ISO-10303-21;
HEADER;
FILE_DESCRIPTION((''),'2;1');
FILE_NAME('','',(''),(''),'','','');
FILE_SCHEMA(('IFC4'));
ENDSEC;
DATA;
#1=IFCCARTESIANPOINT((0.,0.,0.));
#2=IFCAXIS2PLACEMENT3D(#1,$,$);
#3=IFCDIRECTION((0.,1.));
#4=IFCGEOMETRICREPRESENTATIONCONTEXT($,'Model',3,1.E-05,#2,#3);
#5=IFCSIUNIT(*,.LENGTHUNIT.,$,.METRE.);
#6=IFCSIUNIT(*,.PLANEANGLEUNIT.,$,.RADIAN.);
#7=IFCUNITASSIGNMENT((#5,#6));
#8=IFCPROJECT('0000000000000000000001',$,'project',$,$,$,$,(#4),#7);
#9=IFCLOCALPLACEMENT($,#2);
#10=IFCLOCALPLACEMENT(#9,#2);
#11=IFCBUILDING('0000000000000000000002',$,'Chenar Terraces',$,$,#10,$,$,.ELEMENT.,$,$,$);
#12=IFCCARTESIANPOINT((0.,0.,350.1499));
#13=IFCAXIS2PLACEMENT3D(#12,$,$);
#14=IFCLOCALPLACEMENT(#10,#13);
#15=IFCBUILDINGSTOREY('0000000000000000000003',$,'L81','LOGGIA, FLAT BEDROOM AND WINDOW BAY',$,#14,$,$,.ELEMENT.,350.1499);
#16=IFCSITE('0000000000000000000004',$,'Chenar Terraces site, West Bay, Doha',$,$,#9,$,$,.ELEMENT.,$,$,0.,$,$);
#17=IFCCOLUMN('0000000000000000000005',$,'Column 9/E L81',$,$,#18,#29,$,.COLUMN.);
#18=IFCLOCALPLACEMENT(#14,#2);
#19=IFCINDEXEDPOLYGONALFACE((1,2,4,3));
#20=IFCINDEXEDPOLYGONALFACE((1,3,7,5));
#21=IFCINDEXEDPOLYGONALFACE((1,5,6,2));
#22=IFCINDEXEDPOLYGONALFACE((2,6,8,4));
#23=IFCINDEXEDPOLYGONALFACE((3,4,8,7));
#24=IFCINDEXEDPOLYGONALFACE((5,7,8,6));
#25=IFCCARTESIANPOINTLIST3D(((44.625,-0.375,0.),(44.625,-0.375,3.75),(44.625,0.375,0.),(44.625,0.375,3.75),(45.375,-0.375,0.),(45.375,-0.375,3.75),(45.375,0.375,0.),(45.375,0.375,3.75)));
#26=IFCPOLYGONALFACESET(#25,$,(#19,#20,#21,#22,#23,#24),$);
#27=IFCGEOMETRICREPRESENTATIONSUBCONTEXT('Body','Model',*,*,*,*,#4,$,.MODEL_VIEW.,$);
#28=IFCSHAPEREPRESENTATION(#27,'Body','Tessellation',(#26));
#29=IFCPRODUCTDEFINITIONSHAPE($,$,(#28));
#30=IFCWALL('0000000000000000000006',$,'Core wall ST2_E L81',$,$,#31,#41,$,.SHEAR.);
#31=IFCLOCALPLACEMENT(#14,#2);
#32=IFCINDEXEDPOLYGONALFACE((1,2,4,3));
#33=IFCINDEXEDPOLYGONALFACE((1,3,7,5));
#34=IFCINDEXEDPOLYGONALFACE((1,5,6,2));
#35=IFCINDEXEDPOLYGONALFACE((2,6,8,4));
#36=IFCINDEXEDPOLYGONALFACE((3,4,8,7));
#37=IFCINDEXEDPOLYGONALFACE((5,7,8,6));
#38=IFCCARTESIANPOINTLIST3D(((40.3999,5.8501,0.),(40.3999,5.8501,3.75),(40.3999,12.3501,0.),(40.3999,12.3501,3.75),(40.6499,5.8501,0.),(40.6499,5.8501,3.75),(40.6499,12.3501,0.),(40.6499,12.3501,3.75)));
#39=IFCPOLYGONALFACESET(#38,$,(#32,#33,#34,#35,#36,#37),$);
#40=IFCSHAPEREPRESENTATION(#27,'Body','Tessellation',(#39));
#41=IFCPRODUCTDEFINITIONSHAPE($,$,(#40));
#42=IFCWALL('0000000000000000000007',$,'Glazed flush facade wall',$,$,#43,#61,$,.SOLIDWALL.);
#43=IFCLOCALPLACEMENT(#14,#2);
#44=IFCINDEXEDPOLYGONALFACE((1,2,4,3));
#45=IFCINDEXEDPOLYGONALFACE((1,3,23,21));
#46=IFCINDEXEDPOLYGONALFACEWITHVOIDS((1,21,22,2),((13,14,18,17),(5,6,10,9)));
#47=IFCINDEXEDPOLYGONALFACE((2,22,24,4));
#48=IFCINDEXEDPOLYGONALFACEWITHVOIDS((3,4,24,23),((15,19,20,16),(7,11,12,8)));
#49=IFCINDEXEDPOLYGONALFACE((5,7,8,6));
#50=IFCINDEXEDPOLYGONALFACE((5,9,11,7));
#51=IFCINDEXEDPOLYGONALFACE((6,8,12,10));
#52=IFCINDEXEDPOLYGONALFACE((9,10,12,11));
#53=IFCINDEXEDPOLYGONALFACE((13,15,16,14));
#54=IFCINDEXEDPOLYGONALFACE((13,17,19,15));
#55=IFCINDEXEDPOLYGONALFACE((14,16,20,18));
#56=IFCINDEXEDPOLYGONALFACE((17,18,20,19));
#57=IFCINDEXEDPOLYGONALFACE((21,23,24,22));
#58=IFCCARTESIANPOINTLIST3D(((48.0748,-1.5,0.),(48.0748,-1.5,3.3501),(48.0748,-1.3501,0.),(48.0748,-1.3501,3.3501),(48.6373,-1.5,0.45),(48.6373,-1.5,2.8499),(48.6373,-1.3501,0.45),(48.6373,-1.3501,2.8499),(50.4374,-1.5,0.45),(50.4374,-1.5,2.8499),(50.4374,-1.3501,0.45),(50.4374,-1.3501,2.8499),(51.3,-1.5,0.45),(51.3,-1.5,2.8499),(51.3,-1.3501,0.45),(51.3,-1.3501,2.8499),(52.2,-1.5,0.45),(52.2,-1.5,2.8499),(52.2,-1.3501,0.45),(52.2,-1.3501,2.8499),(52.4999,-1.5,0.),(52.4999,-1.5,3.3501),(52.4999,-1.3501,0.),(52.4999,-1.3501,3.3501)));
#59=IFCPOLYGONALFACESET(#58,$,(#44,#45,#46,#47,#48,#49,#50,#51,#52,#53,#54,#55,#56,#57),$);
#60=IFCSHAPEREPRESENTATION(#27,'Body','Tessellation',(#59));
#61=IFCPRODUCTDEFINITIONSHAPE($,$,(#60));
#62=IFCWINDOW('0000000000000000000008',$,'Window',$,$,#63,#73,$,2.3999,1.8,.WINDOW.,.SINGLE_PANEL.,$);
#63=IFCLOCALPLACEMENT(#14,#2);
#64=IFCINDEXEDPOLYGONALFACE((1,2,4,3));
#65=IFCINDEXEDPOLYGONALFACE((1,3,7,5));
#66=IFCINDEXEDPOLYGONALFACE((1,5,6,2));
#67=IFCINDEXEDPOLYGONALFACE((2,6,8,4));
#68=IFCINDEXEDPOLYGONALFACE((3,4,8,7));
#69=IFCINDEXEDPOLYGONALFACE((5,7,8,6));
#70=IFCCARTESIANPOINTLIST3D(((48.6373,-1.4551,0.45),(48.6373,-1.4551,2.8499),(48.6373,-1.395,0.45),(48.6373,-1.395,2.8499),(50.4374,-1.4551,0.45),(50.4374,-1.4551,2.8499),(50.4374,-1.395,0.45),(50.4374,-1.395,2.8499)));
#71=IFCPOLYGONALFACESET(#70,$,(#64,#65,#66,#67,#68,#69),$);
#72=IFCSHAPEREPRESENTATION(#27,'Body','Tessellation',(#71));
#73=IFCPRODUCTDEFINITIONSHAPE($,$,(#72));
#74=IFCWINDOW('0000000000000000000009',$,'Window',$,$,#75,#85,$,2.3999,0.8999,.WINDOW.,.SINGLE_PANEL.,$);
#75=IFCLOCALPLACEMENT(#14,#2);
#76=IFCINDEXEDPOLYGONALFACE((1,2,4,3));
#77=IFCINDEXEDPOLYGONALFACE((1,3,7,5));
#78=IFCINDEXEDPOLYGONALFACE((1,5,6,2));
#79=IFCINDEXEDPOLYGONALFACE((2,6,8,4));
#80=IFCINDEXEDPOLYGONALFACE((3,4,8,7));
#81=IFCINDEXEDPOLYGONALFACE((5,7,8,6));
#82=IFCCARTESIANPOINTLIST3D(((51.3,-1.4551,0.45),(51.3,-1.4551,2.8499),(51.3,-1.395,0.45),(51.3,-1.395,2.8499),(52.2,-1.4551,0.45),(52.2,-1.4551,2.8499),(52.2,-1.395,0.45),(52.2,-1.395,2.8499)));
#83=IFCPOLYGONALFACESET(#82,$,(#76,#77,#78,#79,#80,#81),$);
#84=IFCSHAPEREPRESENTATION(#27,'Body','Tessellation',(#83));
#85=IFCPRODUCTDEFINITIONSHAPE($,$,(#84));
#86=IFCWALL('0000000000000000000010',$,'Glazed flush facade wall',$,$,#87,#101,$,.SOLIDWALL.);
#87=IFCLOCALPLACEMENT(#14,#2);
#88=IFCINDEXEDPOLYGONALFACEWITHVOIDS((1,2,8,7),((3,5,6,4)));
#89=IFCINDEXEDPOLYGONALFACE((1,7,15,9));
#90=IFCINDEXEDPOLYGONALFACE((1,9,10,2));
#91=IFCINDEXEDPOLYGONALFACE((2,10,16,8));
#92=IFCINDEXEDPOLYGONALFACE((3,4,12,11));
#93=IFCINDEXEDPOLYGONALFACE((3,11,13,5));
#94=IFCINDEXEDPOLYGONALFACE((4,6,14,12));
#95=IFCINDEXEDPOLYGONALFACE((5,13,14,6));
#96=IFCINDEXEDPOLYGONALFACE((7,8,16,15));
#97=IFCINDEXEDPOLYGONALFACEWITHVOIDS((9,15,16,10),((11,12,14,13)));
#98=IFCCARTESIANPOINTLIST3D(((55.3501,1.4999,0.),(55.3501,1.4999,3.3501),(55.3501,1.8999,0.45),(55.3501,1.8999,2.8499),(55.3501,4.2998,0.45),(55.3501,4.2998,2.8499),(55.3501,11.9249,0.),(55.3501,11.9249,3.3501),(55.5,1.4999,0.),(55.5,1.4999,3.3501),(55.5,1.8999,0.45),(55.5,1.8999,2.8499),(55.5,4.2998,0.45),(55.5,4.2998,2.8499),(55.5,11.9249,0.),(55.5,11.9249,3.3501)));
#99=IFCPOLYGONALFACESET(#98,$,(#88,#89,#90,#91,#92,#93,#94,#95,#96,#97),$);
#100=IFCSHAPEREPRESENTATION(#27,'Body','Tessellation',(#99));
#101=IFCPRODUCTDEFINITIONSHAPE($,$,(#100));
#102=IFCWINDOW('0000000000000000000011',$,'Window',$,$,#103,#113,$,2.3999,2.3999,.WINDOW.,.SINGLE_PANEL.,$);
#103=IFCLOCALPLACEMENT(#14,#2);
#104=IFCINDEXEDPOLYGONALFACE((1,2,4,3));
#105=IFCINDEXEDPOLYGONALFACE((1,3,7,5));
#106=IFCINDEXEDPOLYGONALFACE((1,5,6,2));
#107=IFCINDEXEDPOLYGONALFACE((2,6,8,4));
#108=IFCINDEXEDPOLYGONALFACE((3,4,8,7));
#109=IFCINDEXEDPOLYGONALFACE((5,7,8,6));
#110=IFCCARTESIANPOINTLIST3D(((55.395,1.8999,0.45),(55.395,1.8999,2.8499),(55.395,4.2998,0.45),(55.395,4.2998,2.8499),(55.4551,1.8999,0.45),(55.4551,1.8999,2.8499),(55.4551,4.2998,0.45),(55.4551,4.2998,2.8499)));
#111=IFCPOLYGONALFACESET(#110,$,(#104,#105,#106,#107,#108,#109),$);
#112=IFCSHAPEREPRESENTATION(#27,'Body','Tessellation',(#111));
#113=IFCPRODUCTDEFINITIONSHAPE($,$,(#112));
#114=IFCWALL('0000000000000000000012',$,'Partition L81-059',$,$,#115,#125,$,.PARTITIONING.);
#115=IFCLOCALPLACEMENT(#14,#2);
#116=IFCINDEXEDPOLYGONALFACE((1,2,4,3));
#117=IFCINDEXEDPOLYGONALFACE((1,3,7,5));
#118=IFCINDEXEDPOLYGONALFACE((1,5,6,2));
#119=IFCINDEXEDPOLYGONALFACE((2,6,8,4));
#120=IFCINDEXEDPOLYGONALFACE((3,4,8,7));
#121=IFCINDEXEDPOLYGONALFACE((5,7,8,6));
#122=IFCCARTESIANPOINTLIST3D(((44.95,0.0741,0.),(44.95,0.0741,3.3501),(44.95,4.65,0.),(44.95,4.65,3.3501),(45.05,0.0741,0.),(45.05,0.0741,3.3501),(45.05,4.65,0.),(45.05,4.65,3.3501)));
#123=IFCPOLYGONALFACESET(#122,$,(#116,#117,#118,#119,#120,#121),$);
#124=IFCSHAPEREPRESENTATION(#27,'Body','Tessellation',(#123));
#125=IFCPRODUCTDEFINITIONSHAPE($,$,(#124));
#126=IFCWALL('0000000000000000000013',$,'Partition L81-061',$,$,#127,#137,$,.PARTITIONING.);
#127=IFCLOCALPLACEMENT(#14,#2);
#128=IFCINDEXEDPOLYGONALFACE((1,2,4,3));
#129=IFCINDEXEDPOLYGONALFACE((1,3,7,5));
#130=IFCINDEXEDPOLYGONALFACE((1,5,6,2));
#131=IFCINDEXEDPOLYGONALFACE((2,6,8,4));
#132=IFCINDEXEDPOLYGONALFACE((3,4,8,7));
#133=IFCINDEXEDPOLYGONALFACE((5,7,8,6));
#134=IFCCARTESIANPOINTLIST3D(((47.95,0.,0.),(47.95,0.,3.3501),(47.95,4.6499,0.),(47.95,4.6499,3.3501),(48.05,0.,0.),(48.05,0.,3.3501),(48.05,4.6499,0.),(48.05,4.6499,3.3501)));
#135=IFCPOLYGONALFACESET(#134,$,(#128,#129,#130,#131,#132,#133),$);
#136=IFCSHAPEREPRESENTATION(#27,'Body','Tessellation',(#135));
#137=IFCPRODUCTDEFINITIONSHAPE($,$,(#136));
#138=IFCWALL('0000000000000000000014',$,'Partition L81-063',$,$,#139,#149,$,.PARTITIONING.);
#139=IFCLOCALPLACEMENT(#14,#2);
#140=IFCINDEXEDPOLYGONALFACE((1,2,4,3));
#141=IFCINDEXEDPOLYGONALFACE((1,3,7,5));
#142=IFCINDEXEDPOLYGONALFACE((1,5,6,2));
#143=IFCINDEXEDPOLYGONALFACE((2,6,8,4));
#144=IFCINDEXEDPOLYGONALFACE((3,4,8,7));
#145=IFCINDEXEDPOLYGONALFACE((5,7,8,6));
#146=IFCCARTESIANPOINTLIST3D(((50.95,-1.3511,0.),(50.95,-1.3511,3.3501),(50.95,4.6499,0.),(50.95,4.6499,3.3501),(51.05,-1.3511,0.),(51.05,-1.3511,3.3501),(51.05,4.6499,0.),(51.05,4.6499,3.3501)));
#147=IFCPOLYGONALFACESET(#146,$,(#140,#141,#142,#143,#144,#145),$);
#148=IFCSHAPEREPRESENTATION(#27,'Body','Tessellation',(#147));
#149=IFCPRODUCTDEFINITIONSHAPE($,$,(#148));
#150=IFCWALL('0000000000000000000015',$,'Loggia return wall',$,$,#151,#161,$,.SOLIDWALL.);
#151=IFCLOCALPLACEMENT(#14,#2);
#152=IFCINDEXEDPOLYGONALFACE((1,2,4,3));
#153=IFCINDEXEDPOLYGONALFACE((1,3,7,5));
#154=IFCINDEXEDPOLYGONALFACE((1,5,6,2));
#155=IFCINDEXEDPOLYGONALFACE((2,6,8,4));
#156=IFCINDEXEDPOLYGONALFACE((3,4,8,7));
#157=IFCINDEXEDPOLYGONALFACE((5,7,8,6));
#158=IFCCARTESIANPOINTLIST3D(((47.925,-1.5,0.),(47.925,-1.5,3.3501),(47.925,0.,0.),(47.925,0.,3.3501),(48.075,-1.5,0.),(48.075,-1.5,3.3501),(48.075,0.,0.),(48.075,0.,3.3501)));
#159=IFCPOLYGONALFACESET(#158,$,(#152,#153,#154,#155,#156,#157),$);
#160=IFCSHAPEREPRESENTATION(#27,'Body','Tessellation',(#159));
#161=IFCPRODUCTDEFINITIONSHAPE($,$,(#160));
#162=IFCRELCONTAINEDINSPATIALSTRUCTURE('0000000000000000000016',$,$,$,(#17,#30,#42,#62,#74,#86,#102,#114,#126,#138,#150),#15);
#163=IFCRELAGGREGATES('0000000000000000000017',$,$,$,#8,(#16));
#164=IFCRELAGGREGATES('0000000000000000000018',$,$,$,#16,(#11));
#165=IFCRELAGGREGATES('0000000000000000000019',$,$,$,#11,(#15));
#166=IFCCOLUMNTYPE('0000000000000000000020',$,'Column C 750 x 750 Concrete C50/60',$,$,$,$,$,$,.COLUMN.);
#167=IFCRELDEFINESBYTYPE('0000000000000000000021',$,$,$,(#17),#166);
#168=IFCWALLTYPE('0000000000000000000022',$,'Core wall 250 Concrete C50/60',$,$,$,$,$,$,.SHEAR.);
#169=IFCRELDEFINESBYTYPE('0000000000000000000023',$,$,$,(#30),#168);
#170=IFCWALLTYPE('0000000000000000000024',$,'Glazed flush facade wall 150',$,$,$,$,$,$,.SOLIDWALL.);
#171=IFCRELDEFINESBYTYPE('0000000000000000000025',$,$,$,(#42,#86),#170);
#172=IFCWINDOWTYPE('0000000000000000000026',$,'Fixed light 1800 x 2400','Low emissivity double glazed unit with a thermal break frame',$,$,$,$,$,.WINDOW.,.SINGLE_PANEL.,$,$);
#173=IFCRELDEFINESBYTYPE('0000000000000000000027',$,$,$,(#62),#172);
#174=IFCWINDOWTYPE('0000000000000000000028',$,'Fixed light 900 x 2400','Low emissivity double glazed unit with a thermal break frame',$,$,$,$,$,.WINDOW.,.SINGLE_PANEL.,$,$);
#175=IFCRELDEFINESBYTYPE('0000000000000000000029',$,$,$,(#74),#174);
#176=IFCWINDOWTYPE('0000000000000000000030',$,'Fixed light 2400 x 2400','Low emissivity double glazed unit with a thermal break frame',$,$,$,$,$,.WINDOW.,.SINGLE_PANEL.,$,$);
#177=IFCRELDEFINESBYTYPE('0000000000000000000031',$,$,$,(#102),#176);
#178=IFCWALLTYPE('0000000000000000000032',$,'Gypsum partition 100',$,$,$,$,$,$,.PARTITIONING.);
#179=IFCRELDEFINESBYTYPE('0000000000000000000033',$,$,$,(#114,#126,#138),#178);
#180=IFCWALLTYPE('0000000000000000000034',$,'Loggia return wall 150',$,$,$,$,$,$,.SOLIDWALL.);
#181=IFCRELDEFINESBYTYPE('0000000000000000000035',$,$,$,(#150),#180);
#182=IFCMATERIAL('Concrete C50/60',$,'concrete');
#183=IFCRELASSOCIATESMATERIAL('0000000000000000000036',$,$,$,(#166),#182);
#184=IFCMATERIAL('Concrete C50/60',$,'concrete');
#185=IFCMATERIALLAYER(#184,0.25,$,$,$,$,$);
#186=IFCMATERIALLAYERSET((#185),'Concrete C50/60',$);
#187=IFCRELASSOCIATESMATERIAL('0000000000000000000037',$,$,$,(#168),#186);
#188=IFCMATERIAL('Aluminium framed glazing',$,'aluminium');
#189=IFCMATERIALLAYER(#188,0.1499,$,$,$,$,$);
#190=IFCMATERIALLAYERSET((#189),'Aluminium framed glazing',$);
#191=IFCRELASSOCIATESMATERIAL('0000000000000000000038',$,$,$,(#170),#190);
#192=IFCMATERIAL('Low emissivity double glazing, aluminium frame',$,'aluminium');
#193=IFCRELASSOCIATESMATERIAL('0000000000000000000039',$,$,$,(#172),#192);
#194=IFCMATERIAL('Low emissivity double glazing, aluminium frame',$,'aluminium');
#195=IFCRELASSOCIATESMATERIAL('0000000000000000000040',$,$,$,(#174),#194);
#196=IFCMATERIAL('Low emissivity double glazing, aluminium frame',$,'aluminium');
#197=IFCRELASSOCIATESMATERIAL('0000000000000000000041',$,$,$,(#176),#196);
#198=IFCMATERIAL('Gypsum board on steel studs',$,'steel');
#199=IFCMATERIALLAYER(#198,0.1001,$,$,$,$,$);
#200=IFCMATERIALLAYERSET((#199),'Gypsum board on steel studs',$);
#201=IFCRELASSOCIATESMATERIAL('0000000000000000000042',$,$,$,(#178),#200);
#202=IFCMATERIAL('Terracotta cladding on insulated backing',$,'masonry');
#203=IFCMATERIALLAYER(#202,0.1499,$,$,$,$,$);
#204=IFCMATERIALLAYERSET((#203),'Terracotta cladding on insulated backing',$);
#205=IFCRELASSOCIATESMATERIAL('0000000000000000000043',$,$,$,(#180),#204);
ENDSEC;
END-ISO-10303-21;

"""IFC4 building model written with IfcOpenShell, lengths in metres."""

from ifc_helpers import new_model, si_unit, direction, frame, frame_2d, origin, origin_2d, place, context, subcontext, project, spatial, rectangle, extrude, material, layer, layer_set, material_profile, profile_set, type_object, element, fill, save


model = new_model("IFC4")

# Units and contexts
model_context = context("Model", 3, precision=1e-05, world=origin(), true_north=direction((0.0, 1.0)))
body_context = subcontext(model_context, "Body", "Model", "MODEL_VIEW")
ifc_project = project(units=[si_unit("LENGTHUNIT", "METRE"), si_unit("PLANEANGLEUNIT", "RADIAN")], contexts=[model_context])

# Site, building, storey
site_placement = place(None, origin())
site = spatial("IfcSite", under=ifc_project, at=site_placement, Name="Chenar Terraces site, West Bay, Doha", CompositionType="ELEMENT", RefElevation=0.0)
building_placement = place(site_placement, origin())
building = spatial("IfcBuilding", under=site, at=building_placement, Name="Chenar Terraces", CompositionType="ELEMENT")
storey_placement = place(building_placement, frame((0.0, 0.0, 350.1499)))
storey = spatial("IfcBuildingStorey", under=building, at=storey_placement, Name="L81", Description="LOGGIA, FLAT BEDROOM AND WINDOW BAY", CompositionType="ELEMENT", Elevation=350.1499)

# Column
ifc_material_1 = material(Name="Concrete C50/60", Category="concrete")
ifc_material_profile = material_profile(ifc_material_1, rectangle(XDim=0.75, YDim=0.75, at=origin_2d()), Name="C 750 x 750")
ifc_profile_set = profile_set([ifc_material_profile], Name="Concrete C50/60")
column_type = type_object("IfcColumnType", Name="Column C 750 x 750 Concrete C50/60", PredefinedType="COLUMN", material=ifc_profile_set)
column_placement = place(storey_placement, frame((45.0, 0.0, 0.0), z_axis=(0.0, 0.0, 1.0), x_axis=(1.0, 0.0, 0.0)))
element("IfcColumn", 1, at=column_placement, inside=storey, type_object=column_type, Name="Column 9/E L81", PredefinedType="COLUMN", context=body_context, shape_type="SweptSolid", body=[
    extrude(rectangle(XDim=0.75, YDim=0.75, at=origin_2d()), origin(), (0.0, 0.0, 1.0), 3.75),
])

# Wall
ifc_material_2 = material(Name="Concrete C50/60", Category="concrete")
ifc_layer_1 = layer(ifc_material_2, 0.25)
ifc_layer_set_1 = layer_set([ifc_layer_1], Name="Concrete C50/60")
wall_type_1 = type_object("IfcWallType", Name="Core wall 250 Concrete C50/60", PredefinedType="SHEAR", material=ifc_layer_set_1)
wall_1_placement = place(storey_placement, frame((40.5249, 5.8501, 0.0), z_axis=(0.0, 0.0, 1.0), x_axis=(0.0, 1.0, 0.0)))
element("IfcWall", 2, at=wall_1_placement, inside=storey, type_object=wall_type_1, Name="Core wall ST2_E L81", PredefinedType="SHEAR", context=body_context, shape_type="SweptSolid", body=[
    extrude(rectangle(XDim=6.5, YDim=0.25, at=frame_2d((3.25, 0.0))), origin(), (0.0, 0.0, 1.0), 3.75),
])

# Wall, openings, windows
ifc_material_3 = material(Name="Aluminium framed glazing", Category="aluminium")
ifc_layer_2 = layer(ifc_material_3, 0.1499)
ifc_layer_set_2 = layer_set([ifc_layer_2], Name="Aluminium framed glazing")
wall_type_2 = type_object("IfcWallType", Name="Glazed flush facade wall 150", PredefinedType="SOLIDWALL", material=ifc_layer_set_2)
wall_2_placement = place(storey_placement, frame((48.075, -1.425, 0.0), z_axis=(0.0, 0.0, 1.0), x_axis=(1.0, 0.0, 0.0)))
wall_2 = element("IfcWall", 3, at=wall_2_placement, inside=storey, type_object=wall_type_2, Name="Glazed flush facade wall", PredefinedType="SOLIDWALL", context=body_context, shape_type="SweptSolid", body=[
    extrude(rectangle(XDim=4.425, YDim=0.1499, at=frame_2d((2.2124, 0.0))), origin(), (0.0, 0.0, 1.0), 3.3501),
])
opening_1_placement = place(wall_2_placement, frame((0.5625, 0.0, 0.45)))
opening_1 = element("IfcOpeningElement", 4, at=opening_1_placement, cuts=wall_2, PredefinedType="OPENING", context=body_context, shape_type="SweptSolid", body=[
    extrude(rectangle(XDim=1.8, YDim=2.3999, at=frame_2d((0.8999, 1.2))), frame((0.0, 0.085, 0.0), z_axis=(0.0, -1.0, 0.0), x_axis=(1.0, 0.0, 0.0)), (0.0, 0.0, 1.0), 0.1699),
])
opening_2_placement = place(wall_2_placement, frame((3.2251, 0.0, 0.45)))
opening_2 = element("IfcOpeningElement", 5, at=opening_2_placement, cuts=wall_2, PredefinedType="OPENING", context=body_context, shape_type="SweptSolid", body=[
    extrude(rectangle(XDim=0.8999, YDim=2.3999, at=frame_2d((0.45, 1.2))), frame((0.0, 0.085, 0.0), z_axis=(0.0, -1.0, 0.0), x_axis=(1.0, 0.0, 0.0)), (0.0, 0.0, 1.0), 0.1699),
])
ifc_material_4 = material(Name="Low emissivity double glazing, aluminium frame", Category="aluminium")
window_type_1 = type_object("IfcWindowType", Name="Fixed light 1800 x 2400", Description="Low emissivity double glazed unit with a thermal break frame", PartitioningType="SINGLE_PANEL", PredefinedType="WINDOW", material=ifc_material_4)
window_1_placement = place(opening_1_placement, origin())
window_1 = element("IfcWindow", 6, at=window_1_placement, inside=storey, type_object=window_type_1, Name="Window", OverallHeight=2.3999, OverallWidth=1.8, PartitioningType="SINGLE_PANEL", PredefinedType="WINDOW", context=body_context, shape_type="SweptSolid", body=[
    extrude(rectangle(XDim=1.8, YDim=2.3999, at=frame_2d((0.8999, 1.2))), frame((0.0, 0.03, 0.0), z_axis=(0.0, -1.0, 0.0), x_axis=(1.0, 0.0, 0.0)), (0.0, 0.0, 1.0), 0.0601),
])
fill(opening_1, window_1)
ifc_material_5 = material(Name="Low emissivity double glazing, aluminium frame", Category="aluminium")
window_type_2 = type_object("IfcWindowType", Name="Fixed light 900 x 2400", Description="Low emissivity double glazed unit with a thermal break frame", PartitioningType="SINGLE_PANEL", PredefinedType="WINDOW", material=ifc_material_5)
window_2_placement = place(opening_2_placement, origin())
window_2 = element("IfcWindow", 7, at=window_2_placement, inside=storey, type_object=window_type_2, Name="Window", OverallHeight=2.3999, OverallWidth=0.8999, PartitioningType="SINGLE_PANEL", PredefinedType="WINDOW", context=body_context, shape_type="SweptSolid", body=[
    extrude(rectangle(XDim=0.8999, YDim=2.3999, at=frame_2d((0.45, 1.2))), frame((0.0, 0.03, 0.0), z_axis=(0.0, -1.0, 0.0), x_axis=(1.0, 0.0, 0.0)), (0.0, 0.0, 1.0), 0.0601),
])
fill(opening_2, window_2)

# Wall, opening, window
wall_3_placement = place(storey_placement, frame((55.425, 1.5, 0.0), z_axis=(0.0, 0.0, 1.0), x_axis=(0.0, 1.0, 0.0)))
wall_3 = element("IfcWall", 8, at=wall_3_placement, inside=storey, type_object=wall_type_2, Name="Glazed flush facade wall", PredefinedType="SOLIDWALL", context=body_context, shape_type="SweptSolid", body=[
    extrude(rectangle(XDim=10.425, YDim=0.1499, at=frame_2d((5.2124, 0.0))), origin(), (0.0, 0.0, 1.0), 3.3501),
])
opening_3_placement = place(wall_3_placement, frame((0.3999, 0.0, 0.45)))
opening_3 = element("IfcOpeningElement", 9, at=opening_3_placement, cuts=wall_3, PredefinedType="OPENING", context=body_context, shape_type="SweptSolid", body=[
    extrude(rectangle(XDim=2.3999, YDim=2.3999, at=frame_2d((1.2, 1.2))), frame((0.0, 0.085, 0.0), z_axis=(0.0, -1.0, 0.0), x_axis=(1.0, 0.0, 0.0)), (0.0, 0.0, 1.0), 0.1699),
])
ifc_material_6 = material(Name="Low emissivity double glazing, aluminium frame", Category="aluminium")
window_type_3 = type_object("IfcWindowType", Name="Fixed light 2400 x 2400", Description="Low emissivity double glazed unit with a thermal break frame", PartitioningType="SINGLE_PANEL", PredefinedType="WINDOW", material=ifc_material_6)
window_3_placement = place(opening_3_placement, origin())
window_3 = element("IfcWindow", 10, at=window_3_placement, inside=storey, type_object=window_type_3, Name="Window", OverallHeight=2.3999, OverallWidth=2.3999, PartitioningType="SINGLE_PANEL", PredefinedType="WINDOW", context=body_context, shape_type="SweptSolid", body=[
    extrude(rectangle(XDim=2.3999, YDim=2.3999, at=frame_2d((1.2, 1.2))), frame((0.0, 0.03, 0.0), z_axis=(0.0, -1.0, 0.0), x_axis=(1.0, 0.0, 0.0)), (0.0, 0.0, 1.0), 0.0601),
])
fill(opening_3, window_3)

# Walls
ifc_material_7 = material(Name="Gypsum board on steel studs", Category="steel")
ifc_layer_3 = layer(ifc_material_7, 0.1001)
ifc_layer_set_3 = layer_set([ifc_layer_3], Name="Gypsum board on steel studs")
wall_type_3 = type_object("IfcWallType", Name="Gypsum partition 100", PredefinedType="PARTITIONING", material=ifc_layer_set_3)
wall_4_placement = place(storey_placement, frame((45.0, 0.074, 0.0), z_axis=(0.0, 0.0, 1.0), x_axis=(0.0, 1.0, 0.0)))
element("IfcWall", 11, at=wall_4_placement, inside=storey, type_object=wall_type_3, Name="Partition L81-059", PredefinedType="PARTITIONING", context=body_context, shape_type="SweptSolid", body=[
    extrude(rectangle(XDim=4.5759, YDim=0.1001, at=frame_2d((2.2881, 0.0))), origin(), (0.0, 0.0, 1.0), 3.3501),
])
wall_5_placement = place(storey_placement, frame((48.0, 0.0, 0.0), z_axis=(0.0, 0.0, 1.0), x_axis=(0.0, 1.0, 0.0)))
element("IfcWall", 12, at=wall_5_placement, inside=storey, type_object=wall_type_3, Name="Partition L81-061", PredefinedType="PARTITIONING", context=body_context, shape_type="SweptSolid", body=[
    extrude(rectangle(XDim=4.6499, YDim=0.1001, at=frame_2d((2.325, 0.0))), origin(), (0.0, 0.0, 1.0), 3.3501),
])
wall_6_placement = place(storey_placement, frame((51.0, -1.3511, 0.0), z_axis=(0.0, 0.0, 1.0), x_axis=(0.0, 1.0, 0.0)))
element("IfcWall", 13, at=wall_6_placement, inside=storey, type_object=wall_type_3, Name="Partition L81-063", PredefinedType="PARTITIONING", context=body_context, shape_type="SweptSolid", body=[
    extrude(rectangle(XDim=6.001, YDim=0.1001, at=frame_2d((3.0005, 0.0))), origin(), (0.0, 0.0, 1.0), 3.3501),
])
ifc_material_8 = material(Name="Terracotta cladding on insulated backing", Category="masonry")
ifc_layer_4 = layer(ifc_material_8, 0.1499)
ifc_layer_set_4 = layer_set([ifc_layer_4], Name="Terracotta cladding on insulated backing")
wall_type_4 = type_object("IfcWallType", Name="Loggia return wall 150", PredefinedType="SOLIDWALL", material=ifc_layer_set_4)
wall_7_placement = place(storey_placement, frame((48.0, -1.5, 0.0), z_axis=(0.0, 0.0, 1.0), x_axis=(0.0, 1.0, 0.0)))
element("IfcWall", 14, at=wall_7_placement, inside=storey, type_object=wall_type_4, Name="Loggia return wall", PredefinedType="SOLIDWALL", context=body_context, shape_type="SweptSolid", body=[
    extrude(rectangle(XDim=1.5, YDim=0.1499, at=frame_2d((0.75, 0.0))), origin(), (0.0, 0.0, 1.0), 3.3501),
])

save(model, "model.ifc")
